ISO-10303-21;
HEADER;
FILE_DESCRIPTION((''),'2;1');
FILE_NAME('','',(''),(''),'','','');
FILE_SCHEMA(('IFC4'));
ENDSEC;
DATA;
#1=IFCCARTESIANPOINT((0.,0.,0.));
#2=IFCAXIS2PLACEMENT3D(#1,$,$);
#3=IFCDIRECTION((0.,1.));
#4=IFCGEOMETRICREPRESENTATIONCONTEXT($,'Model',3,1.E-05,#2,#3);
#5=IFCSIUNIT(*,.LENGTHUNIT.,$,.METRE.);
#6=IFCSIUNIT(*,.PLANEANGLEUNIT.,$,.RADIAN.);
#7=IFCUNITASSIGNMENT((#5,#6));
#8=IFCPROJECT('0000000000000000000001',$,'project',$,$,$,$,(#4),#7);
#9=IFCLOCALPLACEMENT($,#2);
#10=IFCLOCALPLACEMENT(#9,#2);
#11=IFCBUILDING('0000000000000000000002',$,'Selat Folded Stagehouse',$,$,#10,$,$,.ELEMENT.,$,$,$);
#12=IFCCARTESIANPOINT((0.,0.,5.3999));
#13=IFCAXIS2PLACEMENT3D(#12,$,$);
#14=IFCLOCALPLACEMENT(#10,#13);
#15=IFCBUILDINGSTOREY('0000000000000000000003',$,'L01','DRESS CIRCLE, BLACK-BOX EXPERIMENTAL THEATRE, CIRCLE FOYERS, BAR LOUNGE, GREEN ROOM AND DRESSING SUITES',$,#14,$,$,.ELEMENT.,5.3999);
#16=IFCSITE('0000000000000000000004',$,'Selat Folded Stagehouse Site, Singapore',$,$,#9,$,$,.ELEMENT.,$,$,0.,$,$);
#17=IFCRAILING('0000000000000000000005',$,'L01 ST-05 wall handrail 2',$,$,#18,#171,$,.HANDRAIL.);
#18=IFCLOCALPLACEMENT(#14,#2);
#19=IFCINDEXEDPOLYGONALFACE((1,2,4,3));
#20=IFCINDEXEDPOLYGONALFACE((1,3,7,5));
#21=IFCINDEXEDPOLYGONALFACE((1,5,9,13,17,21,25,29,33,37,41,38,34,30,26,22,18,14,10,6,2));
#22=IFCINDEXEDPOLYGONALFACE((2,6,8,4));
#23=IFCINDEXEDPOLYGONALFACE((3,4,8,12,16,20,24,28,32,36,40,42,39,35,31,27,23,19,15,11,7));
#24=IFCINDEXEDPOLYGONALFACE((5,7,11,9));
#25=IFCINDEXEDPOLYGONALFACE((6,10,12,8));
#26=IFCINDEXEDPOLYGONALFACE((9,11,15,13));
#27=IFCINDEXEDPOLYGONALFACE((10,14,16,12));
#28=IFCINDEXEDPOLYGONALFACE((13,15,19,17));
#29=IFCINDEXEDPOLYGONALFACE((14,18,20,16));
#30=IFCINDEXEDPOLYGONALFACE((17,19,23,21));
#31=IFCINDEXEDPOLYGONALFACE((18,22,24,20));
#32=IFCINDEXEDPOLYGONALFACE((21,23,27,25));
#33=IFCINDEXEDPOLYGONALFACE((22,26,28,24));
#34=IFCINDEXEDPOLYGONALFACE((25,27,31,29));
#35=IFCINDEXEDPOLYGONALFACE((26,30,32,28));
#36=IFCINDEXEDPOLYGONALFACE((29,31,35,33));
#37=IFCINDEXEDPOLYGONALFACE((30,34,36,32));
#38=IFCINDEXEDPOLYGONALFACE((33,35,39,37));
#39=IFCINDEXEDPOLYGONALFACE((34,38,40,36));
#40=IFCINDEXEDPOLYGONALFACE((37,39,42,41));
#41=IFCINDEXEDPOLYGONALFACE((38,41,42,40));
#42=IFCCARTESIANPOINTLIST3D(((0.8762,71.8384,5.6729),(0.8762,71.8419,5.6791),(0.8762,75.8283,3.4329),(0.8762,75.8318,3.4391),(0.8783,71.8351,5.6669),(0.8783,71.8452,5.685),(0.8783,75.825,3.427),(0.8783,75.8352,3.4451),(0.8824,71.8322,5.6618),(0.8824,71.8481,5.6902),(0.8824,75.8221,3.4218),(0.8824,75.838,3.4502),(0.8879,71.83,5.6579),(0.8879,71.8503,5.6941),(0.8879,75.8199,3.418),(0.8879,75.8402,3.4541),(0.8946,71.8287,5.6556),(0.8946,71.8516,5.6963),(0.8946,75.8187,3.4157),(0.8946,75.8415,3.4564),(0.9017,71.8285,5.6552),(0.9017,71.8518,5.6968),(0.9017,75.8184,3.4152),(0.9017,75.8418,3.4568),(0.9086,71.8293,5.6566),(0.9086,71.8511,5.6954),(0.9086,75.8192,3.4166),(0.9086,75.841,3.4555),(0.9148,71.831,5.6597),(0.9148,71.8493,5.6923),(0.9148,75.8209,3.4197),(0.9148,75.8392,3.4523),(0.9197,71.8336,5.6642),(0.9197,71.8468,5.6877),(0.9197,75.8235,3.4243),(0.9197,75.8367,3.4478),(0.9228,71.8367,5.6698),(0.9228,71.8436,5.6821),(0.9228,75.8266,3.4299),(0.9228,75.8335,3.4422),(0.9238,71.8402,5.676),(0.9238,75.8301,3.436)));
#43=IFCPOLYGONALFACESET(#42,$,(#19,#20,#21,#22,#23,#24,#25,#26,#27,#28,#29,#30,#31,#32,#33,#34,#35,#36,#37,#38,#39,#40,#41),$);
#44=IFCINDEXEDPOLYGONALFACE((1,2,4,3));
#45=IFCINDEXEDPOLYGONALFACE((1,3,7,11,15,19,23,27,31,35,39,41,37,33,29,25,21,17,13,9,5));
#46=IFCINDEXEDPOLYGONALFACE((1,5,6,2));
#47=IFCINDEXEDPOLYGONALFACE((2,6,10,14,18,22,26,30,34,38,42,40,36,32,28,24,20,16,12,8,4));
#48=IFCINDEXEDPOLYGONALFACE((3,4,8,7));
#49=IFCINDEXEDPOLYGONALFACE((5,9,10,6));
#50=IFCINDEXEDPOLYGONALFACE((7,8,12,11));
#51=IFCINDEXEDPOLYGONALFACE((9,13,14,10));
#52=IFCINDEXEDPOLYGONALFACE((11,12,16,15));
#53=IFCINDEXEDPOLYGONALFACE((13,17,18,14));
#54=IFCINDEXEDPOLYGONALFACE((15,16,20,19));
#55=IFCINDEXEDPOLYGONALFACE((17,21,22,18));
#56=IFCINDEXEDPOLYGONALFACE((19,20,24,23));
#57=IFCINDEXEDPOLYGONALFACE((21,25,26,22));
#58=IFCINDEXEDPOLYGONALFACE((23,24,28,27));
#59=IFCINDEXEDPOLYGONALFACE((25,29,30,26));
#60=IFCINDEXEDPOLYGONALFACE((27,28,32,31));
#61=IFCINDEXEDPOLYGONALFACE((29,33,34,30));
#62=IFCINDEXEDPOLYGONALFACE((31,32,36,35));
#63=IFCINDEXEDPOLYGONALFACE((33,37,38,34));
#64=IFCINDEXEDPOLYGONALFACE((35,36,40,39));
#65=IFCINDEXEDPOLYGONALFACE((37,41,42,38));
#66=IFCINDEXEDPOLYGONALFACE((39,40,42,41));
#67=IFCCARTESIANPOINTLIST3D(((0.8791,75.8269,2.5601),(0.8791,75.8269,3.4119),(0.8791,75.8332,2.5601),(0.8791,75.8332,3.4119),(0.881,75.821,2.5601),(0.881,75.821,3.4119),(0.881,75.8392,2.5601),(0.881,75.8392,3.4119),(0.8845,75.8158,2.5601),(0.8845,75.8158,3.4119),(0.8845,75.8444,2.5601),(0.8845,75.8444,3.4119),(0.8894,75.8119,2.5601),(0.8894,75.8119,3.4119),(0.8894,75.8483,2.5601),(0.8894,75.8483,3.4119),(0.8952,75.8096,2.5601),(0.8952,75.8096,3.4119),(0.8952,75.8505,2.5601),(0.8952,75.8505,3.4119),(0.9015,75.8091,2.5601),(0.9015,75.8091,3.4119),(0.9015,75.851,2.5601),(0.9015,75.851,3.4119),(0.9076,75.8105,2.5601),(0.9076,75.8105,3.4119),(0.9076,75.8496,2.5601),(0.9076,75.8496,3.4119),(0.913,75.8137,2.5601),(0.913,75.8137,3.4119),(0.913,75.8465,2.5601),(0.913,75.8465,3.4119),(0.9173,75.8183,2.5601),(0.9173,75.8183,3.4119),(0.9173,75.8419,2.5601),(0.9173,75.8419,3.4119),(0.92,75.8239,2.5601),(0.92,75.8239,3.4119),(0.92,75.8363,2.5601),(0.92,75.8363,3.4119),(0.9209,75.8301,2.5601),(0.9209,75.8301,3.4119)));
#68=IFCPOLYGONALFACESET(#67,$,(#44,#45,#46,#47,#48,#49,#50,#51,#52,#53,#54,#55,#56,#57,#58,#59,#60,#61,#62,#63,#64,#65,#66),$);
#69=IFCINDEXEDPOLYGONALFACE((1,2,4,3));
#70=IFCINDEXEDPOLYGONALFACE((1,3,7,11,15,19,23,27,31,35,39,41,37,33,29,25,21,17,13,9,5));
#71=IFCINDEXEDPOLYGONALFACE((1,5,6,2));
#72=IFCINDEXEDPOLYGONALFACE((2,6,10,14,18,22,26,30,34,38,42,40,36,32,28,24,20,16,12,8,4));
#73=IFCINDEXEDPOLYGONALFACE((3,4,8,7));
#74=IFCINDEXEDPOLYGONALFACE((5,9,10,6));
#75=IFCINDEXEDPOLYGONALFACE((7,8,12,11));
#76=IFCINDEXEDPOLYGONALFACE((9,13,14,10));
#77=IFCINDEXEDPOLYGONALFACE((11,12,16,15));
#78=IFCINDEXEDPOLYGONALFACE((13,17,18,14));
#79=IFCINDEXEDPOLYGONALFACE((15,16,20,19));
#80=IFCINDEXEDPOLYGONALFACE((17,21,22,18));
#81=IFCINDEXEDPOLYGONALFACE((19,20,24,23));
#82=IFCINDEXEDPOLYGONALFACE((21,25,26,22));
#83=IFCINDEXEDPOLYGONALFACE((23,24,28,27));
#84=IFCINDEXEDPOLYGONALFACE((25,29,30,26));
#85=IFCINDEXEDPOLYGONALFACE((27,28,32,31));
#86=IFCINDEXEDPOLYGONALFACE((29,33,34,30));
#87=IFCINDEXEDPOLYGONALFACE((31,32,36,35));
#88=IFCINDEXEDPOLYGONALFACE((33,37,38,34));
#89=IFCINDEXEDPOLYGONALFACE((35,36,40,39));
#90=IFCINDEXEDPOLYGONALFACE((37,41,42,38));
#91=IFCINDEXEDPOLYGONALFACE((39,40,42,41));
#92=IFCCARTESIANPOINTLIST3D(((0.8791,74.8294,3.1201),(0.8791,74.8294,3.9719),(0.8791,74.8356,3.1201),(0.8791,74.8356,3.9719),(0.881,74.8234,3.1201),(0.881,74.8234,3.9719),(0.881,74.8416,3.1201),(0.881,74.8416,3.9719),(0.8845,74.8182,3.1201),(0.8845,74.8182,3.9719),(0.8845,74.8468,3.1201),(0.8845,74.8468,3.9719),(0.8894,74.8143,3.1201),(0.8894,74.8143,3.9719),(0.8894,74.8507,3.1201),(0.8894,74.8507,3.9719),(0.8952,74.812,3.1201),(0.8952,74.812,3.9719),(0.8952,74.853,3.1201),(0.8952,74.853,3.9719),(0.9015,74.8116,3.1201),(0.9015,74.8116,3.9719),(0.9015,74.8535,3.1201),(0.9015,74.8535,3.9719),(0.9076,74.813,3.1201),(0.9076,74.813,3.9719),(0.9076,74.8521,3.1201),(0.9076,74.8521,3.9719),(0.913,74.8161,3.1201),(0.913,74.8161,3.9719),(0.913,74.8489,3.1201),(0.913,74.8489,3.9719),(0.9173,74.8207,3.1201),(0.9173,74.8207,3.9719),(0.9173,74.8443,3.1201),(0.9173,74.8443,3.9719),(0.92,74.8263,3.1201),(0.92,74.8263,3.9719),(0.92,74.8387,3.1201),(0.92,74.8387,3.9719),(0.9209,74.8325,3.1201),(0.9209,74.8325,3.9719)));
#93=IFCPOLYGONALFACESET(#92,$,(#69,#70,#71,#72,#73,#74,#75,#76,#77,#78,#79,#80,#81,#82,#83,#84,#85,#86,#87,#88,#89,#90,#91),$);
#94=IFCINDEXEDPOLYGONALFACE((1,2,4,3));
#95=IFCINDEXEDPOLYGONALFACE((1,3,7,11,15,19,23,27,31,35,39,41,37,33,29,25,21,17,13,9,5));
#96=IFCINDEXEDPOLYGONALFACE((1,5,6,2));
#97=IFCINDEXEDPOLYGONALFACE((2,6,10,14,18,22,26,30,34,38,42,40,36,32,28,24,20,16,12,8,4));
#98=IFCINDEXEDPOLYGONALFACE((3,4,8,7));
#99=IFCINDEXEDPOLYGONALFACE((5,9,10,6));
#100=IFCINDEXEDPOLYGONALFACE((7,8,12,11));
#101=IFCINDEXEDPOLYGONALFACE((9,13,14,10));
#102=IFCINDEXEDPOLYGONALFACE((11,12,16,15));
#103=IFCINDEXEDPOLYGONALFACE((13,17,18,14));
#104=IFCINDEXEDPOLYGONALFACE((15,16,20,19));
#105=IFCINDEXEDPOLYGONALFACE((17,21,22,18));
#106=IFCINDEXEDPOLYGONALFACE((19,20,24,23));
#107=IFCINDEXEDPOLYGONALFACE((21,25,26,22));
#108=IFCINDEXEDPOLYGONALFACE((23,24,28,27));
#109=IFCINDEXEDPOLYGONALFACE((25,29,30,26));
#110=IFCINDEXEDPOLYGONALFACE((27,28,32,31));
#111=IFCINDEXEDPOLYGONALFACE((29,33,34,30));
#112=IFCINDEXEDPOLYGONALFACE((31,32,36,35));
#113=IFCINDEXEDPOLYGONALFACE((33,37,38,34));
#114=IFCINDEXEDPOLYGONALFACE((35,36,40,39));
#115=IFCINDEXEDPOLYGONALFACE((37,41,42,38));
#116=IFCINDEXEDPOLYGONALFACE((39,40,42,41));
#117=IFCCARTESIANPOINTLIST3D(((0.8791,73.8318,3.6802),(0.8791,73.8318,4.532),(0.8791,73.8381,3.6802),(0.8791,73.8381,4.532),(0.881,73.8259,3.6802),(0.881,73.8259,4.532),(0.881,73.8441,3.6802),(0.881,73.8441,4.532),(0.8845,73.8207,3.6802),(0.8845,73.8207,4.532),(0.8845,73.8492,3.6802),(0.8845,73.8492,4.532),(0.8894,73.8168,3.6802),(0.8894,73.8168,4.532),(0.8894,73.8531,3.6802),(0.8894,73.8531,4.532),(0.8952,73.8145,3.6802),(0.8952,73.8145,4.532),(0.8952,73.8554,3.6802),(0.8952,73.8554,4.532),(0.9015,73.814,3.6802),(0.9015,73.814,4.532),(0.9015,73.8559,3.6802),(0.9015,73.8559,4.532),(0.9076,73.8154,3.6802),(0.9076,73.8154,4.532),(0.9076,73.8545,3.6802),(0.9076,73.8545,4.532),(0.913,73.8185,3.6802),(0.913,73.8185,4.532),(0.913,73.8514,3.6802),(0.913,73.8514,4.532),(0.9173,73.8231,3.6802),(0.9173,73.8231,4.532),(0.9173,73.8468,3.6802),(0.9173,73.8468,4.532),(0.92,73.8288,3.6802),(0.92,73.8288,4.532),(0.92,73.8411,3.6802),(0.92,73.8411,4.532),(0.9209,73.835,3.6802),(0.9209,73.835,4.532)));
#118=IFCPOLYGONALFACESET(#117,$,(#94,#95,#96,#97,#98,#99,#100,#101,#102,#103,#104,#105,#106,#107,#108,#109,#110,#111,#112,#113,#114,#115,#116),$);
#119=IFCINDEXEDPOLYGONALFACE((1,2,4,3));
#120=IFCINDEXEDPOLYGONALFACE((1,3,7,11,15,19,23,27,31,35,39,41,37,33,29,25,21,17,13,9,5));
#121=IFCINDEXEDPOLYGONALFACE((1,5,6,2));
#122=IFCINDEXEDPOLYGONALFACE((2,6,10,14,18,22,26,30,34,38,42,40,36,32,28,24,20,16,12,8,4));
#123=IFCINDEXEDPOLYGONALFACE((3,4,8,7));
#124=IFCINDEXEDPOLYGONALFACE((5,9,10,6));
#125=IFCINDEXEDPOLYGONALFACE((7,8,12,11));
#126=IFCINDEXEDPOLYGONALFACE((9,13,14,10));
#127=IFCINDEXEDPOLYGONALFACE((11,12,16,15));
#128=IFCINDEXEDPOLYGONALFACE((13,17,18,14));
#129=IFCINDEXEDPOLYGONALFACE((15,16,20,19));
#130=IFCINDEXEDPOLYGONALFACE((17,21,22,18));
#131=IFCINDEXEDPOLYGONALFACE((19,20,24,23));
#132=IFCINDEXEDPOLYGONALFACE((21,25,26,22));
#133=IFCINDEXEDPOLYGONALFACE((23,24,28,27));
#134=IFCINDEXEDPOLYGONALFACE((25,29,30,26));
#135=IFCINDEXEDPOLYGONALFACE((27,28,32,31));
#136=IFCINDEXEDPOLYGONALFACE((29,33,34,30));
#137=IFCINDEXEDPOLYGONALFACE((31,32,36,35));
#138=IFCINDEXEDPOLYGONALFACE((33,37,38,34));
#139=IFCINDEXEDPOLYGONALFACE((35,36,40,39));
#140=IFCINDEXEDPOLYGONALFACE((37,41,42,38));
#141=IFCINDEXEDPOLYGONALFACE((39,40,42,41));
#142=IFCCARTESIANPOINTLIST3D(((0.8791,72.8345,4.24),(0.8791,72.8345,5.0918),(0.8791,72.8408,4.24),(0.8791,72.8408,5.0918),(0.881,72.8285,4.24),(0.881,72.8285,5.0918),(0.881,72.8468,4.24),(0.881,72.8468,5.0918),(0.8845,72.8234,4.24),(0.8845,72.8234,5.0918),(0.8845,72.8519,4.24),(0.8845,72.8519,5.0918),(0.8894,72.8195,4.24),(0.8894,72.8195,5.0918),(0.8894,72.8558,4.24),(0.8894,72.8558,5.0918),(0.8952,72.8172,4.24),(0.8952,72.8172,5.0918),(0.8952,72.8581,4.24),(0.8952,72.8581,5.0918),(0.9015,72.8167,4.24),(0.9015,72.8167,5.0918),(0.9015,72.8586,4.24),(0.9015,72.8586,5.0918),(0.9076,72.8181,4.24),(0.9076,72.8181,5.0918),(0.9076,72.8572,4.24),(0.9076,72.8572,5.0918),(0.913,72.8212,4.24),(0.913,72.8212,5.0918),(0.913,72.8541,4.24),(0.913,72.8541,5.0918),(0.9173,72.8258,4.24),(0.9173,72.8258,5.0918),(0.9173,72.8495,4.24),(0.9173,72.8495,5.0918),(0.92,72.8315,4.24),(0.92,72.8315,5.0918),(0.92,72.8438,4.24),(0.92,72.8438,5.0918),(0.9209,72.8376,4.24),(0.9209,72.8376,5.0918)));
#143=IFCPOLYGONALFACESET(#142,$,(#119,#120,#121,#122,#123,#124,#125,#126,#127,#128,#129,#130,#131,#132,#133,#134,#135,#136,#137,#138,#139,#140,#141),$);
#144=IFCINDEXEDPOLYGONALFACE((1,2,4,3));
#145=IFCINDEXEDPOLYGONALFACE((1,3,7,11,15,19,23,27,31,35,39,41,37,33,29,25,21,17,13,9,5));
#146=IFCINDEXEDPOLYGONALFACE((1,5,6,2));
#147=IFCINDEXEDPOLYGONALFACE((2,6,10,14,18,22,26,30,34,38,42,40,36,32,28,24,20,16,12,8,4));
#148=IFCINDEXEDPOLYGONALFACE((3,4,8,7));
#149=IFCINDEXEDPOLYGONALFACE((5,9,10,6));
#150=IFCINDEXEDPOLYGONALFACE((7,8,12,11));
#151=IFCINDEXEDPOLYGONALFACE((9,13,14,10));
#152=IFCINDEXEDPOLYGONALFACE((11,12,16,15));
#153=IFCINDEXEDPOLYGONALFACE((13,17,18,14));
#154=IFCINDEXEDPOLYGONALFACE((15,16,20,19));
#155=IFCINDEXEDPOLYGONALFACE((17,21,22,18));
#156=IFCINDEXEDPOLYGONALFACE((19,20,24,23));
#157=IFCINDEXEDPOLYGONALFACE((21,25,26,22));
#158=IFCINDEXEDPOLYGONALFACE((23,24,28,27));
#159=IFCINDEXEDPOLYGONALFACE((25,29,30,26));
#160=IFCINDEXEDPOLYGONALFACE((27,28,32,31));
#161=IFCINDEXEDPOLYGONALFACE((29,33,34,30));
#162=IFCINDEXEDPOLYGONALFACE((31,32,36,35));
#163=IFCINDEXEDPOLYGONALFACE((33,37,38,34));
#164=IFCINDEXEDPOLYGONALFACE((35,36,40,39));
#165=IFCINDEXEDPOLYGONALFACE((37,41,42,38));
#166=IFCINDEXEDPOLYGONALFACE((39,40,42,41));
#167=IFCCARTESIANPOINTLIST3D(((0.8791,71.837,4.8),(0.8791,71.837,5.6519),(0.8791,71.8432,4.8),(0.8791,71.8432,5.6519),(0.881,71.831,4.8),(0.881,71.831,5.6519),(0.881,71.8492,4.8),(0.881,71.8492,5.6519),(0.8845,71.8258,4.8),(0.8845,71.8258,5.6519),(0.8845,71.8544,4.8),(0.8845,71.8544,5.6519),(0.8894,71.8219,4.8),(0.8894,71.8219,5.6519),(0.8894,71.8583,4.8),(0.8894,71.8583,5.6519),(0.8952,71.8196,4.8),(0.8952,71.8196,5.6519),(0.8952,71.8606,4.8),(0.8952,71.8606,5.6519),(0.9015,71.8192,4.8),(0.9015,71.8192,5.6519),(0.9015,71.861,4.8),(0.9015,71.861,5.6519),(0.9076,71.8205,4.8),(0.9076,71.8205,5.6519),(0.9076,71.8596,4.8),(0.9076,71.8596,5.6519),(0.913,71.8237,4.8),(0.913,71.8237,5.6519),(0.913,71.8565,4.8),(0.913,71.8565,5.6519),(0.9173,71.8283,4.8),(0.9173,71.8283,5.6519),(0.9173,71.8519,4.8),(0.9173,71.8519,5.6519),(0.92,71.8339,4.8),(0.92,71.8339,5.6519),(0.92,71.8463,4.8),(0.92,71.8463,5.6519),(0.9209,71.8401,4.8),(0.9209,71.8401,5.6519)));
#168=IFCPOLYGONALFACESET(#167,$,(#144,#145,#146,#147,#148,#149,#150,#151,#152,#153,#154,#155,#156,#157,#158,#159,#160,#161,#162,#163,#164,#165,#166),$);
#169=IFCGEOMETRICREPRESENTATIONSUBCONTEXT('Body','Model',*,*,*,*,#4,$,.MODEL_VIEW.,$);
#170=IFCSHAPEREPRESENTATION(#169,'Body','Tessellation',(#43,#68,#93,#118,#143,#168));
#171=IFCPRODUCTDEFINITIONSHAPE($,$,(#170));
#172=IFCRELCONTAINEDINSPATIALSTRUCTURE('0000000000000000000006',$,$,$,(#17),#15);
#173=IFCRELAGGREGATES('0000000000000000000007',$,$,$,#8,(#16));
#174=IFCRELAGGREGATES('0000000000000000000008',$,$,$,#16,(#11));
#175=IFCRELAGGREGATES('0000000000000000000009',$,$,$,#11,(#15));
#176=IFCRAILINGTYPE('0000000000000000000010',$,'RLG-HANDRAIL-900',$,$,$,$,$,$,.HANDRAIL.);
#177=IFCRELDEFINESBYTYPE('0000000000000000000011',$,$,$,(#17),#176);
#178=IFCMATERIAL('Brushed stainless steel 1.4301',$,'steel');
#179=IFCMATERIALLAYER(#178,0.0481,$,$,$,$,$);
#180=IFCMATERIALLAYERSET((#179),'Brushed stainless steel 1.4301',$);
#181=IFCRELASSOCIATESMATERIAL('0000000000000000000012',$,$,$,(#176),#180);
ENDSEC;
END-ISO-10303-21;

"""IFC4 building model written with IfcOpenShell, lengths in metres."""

from ifc_helpers import new_model, si_unit, direction, frame, origin, origin_2d, place, context, subcontext, project, spatial, circle, extrude, material, layer, layer_set, type_object, element, save


model = new_model("IFC4")

# Units and contexts
model_context = context("Model", 3, precision=1e-05, world=origin(), true_north=direction((0.0, 1.0)))
body_context = subcontext(model_context, "Body", "Model", "MODEL_VIEW")
ifc_project = project(units=[si_unit("LENGTHUNIT", "METRE"), si_unit("PLANEANGLEUNIT", "RADIAN")], contexts=[model_context])

# Site, building, storey
site_placement = place(None, origin())
site = spatial("IfcSite", under=ifc_project, at=site_placement, Name="Selat Folded Stagehouse Site, Singapore", CompositionType="ELEMENT", RefElevation=0.0)
building_placement = place(site_placement, origin())
building = spatial("IfcBuilding", under=site, at=building_placement, Name="Selat Folded Stagehouse", CompositionType="ELEMENT")
storey_placement = place(building_placement, frame((0.0, 0.0, 5.3999)))
storey = spatial("IfcBuildingStorey", under=building, at=storey_placement, Name="L01", Description="DRESS CIRCLE, BLACK-BOX EXPERIMENTAL THEATRE, CIRCLE FOYERS, BAR LOUNGE, GREEN ROOM AND DRESSING SUITES", CompositionType="ELEMENT", Elevation=5.3999)

# Railing
ifc_material_1 = material(Name="Brushed stainless steel 1.4301", Category="steel")
ifc_layer_1 = layer(ifc_material_1, 0.0481)
ifc_layer_set_1 = layer_set([ifc_layer_1], Name="Brushed stainless steel 1.4301")
railing_type_1 = type_object("IfcRailingType", Name="RLG-HANDRAIL-900", PredefinedType="HANDRAIL", material=ifc_layer_set_1)
railing_1_placement = place(storey_placement, frame((0.8999, 75.8301, 2.5601)))
element("IfcRailing", 1, at=railing_1_placement, inside=storey, type_object=railing_type_1, Name="L01 ST-05 wall handrail 2", PredefinedType="HANDRAIL", context=body_context, shape_type="SweptSolid", body=[
    extrude(circle(Radius=0.0239, at=origin_2d()), frame((0.0, 0.0, 0.876), z_axis=(0.0, -0.871984, 0.489534), x_axis=(1.0, 0.0, 0.0)), (0.0, 0.0, 1.0), 4.5757),
    extrude(circle(Radius=0.021, at=origin_2d()), origin(), (0.0, 0.0, 1.0), 0.8518),
    extrude(circle(Radius=0.021, at=origin_2d()), frame((0.0, -0.9976, 0.5601)), (0.0, 0.0, 1.0), 0.8518),
    extrude(circle(Radius=0.021, at=origin_2d()), frame((0.0, -1.9951, 1.1201)), (0.0, 0.0, 1.0), 0.8518),
    extrude(circle(Radius=0.021, at=origin_2d()), frame((0.0, -2.9924, 1.6799)), (0.0, 0.0, 1.0), 0.8518),
    extrude(circle(Radius=0.021, at=origin_2d()), frame((0.0, -3.99, 2.24)), (0.0, 0.0, 1.0), 0.8518),
])

save(model, "model.ifc")
